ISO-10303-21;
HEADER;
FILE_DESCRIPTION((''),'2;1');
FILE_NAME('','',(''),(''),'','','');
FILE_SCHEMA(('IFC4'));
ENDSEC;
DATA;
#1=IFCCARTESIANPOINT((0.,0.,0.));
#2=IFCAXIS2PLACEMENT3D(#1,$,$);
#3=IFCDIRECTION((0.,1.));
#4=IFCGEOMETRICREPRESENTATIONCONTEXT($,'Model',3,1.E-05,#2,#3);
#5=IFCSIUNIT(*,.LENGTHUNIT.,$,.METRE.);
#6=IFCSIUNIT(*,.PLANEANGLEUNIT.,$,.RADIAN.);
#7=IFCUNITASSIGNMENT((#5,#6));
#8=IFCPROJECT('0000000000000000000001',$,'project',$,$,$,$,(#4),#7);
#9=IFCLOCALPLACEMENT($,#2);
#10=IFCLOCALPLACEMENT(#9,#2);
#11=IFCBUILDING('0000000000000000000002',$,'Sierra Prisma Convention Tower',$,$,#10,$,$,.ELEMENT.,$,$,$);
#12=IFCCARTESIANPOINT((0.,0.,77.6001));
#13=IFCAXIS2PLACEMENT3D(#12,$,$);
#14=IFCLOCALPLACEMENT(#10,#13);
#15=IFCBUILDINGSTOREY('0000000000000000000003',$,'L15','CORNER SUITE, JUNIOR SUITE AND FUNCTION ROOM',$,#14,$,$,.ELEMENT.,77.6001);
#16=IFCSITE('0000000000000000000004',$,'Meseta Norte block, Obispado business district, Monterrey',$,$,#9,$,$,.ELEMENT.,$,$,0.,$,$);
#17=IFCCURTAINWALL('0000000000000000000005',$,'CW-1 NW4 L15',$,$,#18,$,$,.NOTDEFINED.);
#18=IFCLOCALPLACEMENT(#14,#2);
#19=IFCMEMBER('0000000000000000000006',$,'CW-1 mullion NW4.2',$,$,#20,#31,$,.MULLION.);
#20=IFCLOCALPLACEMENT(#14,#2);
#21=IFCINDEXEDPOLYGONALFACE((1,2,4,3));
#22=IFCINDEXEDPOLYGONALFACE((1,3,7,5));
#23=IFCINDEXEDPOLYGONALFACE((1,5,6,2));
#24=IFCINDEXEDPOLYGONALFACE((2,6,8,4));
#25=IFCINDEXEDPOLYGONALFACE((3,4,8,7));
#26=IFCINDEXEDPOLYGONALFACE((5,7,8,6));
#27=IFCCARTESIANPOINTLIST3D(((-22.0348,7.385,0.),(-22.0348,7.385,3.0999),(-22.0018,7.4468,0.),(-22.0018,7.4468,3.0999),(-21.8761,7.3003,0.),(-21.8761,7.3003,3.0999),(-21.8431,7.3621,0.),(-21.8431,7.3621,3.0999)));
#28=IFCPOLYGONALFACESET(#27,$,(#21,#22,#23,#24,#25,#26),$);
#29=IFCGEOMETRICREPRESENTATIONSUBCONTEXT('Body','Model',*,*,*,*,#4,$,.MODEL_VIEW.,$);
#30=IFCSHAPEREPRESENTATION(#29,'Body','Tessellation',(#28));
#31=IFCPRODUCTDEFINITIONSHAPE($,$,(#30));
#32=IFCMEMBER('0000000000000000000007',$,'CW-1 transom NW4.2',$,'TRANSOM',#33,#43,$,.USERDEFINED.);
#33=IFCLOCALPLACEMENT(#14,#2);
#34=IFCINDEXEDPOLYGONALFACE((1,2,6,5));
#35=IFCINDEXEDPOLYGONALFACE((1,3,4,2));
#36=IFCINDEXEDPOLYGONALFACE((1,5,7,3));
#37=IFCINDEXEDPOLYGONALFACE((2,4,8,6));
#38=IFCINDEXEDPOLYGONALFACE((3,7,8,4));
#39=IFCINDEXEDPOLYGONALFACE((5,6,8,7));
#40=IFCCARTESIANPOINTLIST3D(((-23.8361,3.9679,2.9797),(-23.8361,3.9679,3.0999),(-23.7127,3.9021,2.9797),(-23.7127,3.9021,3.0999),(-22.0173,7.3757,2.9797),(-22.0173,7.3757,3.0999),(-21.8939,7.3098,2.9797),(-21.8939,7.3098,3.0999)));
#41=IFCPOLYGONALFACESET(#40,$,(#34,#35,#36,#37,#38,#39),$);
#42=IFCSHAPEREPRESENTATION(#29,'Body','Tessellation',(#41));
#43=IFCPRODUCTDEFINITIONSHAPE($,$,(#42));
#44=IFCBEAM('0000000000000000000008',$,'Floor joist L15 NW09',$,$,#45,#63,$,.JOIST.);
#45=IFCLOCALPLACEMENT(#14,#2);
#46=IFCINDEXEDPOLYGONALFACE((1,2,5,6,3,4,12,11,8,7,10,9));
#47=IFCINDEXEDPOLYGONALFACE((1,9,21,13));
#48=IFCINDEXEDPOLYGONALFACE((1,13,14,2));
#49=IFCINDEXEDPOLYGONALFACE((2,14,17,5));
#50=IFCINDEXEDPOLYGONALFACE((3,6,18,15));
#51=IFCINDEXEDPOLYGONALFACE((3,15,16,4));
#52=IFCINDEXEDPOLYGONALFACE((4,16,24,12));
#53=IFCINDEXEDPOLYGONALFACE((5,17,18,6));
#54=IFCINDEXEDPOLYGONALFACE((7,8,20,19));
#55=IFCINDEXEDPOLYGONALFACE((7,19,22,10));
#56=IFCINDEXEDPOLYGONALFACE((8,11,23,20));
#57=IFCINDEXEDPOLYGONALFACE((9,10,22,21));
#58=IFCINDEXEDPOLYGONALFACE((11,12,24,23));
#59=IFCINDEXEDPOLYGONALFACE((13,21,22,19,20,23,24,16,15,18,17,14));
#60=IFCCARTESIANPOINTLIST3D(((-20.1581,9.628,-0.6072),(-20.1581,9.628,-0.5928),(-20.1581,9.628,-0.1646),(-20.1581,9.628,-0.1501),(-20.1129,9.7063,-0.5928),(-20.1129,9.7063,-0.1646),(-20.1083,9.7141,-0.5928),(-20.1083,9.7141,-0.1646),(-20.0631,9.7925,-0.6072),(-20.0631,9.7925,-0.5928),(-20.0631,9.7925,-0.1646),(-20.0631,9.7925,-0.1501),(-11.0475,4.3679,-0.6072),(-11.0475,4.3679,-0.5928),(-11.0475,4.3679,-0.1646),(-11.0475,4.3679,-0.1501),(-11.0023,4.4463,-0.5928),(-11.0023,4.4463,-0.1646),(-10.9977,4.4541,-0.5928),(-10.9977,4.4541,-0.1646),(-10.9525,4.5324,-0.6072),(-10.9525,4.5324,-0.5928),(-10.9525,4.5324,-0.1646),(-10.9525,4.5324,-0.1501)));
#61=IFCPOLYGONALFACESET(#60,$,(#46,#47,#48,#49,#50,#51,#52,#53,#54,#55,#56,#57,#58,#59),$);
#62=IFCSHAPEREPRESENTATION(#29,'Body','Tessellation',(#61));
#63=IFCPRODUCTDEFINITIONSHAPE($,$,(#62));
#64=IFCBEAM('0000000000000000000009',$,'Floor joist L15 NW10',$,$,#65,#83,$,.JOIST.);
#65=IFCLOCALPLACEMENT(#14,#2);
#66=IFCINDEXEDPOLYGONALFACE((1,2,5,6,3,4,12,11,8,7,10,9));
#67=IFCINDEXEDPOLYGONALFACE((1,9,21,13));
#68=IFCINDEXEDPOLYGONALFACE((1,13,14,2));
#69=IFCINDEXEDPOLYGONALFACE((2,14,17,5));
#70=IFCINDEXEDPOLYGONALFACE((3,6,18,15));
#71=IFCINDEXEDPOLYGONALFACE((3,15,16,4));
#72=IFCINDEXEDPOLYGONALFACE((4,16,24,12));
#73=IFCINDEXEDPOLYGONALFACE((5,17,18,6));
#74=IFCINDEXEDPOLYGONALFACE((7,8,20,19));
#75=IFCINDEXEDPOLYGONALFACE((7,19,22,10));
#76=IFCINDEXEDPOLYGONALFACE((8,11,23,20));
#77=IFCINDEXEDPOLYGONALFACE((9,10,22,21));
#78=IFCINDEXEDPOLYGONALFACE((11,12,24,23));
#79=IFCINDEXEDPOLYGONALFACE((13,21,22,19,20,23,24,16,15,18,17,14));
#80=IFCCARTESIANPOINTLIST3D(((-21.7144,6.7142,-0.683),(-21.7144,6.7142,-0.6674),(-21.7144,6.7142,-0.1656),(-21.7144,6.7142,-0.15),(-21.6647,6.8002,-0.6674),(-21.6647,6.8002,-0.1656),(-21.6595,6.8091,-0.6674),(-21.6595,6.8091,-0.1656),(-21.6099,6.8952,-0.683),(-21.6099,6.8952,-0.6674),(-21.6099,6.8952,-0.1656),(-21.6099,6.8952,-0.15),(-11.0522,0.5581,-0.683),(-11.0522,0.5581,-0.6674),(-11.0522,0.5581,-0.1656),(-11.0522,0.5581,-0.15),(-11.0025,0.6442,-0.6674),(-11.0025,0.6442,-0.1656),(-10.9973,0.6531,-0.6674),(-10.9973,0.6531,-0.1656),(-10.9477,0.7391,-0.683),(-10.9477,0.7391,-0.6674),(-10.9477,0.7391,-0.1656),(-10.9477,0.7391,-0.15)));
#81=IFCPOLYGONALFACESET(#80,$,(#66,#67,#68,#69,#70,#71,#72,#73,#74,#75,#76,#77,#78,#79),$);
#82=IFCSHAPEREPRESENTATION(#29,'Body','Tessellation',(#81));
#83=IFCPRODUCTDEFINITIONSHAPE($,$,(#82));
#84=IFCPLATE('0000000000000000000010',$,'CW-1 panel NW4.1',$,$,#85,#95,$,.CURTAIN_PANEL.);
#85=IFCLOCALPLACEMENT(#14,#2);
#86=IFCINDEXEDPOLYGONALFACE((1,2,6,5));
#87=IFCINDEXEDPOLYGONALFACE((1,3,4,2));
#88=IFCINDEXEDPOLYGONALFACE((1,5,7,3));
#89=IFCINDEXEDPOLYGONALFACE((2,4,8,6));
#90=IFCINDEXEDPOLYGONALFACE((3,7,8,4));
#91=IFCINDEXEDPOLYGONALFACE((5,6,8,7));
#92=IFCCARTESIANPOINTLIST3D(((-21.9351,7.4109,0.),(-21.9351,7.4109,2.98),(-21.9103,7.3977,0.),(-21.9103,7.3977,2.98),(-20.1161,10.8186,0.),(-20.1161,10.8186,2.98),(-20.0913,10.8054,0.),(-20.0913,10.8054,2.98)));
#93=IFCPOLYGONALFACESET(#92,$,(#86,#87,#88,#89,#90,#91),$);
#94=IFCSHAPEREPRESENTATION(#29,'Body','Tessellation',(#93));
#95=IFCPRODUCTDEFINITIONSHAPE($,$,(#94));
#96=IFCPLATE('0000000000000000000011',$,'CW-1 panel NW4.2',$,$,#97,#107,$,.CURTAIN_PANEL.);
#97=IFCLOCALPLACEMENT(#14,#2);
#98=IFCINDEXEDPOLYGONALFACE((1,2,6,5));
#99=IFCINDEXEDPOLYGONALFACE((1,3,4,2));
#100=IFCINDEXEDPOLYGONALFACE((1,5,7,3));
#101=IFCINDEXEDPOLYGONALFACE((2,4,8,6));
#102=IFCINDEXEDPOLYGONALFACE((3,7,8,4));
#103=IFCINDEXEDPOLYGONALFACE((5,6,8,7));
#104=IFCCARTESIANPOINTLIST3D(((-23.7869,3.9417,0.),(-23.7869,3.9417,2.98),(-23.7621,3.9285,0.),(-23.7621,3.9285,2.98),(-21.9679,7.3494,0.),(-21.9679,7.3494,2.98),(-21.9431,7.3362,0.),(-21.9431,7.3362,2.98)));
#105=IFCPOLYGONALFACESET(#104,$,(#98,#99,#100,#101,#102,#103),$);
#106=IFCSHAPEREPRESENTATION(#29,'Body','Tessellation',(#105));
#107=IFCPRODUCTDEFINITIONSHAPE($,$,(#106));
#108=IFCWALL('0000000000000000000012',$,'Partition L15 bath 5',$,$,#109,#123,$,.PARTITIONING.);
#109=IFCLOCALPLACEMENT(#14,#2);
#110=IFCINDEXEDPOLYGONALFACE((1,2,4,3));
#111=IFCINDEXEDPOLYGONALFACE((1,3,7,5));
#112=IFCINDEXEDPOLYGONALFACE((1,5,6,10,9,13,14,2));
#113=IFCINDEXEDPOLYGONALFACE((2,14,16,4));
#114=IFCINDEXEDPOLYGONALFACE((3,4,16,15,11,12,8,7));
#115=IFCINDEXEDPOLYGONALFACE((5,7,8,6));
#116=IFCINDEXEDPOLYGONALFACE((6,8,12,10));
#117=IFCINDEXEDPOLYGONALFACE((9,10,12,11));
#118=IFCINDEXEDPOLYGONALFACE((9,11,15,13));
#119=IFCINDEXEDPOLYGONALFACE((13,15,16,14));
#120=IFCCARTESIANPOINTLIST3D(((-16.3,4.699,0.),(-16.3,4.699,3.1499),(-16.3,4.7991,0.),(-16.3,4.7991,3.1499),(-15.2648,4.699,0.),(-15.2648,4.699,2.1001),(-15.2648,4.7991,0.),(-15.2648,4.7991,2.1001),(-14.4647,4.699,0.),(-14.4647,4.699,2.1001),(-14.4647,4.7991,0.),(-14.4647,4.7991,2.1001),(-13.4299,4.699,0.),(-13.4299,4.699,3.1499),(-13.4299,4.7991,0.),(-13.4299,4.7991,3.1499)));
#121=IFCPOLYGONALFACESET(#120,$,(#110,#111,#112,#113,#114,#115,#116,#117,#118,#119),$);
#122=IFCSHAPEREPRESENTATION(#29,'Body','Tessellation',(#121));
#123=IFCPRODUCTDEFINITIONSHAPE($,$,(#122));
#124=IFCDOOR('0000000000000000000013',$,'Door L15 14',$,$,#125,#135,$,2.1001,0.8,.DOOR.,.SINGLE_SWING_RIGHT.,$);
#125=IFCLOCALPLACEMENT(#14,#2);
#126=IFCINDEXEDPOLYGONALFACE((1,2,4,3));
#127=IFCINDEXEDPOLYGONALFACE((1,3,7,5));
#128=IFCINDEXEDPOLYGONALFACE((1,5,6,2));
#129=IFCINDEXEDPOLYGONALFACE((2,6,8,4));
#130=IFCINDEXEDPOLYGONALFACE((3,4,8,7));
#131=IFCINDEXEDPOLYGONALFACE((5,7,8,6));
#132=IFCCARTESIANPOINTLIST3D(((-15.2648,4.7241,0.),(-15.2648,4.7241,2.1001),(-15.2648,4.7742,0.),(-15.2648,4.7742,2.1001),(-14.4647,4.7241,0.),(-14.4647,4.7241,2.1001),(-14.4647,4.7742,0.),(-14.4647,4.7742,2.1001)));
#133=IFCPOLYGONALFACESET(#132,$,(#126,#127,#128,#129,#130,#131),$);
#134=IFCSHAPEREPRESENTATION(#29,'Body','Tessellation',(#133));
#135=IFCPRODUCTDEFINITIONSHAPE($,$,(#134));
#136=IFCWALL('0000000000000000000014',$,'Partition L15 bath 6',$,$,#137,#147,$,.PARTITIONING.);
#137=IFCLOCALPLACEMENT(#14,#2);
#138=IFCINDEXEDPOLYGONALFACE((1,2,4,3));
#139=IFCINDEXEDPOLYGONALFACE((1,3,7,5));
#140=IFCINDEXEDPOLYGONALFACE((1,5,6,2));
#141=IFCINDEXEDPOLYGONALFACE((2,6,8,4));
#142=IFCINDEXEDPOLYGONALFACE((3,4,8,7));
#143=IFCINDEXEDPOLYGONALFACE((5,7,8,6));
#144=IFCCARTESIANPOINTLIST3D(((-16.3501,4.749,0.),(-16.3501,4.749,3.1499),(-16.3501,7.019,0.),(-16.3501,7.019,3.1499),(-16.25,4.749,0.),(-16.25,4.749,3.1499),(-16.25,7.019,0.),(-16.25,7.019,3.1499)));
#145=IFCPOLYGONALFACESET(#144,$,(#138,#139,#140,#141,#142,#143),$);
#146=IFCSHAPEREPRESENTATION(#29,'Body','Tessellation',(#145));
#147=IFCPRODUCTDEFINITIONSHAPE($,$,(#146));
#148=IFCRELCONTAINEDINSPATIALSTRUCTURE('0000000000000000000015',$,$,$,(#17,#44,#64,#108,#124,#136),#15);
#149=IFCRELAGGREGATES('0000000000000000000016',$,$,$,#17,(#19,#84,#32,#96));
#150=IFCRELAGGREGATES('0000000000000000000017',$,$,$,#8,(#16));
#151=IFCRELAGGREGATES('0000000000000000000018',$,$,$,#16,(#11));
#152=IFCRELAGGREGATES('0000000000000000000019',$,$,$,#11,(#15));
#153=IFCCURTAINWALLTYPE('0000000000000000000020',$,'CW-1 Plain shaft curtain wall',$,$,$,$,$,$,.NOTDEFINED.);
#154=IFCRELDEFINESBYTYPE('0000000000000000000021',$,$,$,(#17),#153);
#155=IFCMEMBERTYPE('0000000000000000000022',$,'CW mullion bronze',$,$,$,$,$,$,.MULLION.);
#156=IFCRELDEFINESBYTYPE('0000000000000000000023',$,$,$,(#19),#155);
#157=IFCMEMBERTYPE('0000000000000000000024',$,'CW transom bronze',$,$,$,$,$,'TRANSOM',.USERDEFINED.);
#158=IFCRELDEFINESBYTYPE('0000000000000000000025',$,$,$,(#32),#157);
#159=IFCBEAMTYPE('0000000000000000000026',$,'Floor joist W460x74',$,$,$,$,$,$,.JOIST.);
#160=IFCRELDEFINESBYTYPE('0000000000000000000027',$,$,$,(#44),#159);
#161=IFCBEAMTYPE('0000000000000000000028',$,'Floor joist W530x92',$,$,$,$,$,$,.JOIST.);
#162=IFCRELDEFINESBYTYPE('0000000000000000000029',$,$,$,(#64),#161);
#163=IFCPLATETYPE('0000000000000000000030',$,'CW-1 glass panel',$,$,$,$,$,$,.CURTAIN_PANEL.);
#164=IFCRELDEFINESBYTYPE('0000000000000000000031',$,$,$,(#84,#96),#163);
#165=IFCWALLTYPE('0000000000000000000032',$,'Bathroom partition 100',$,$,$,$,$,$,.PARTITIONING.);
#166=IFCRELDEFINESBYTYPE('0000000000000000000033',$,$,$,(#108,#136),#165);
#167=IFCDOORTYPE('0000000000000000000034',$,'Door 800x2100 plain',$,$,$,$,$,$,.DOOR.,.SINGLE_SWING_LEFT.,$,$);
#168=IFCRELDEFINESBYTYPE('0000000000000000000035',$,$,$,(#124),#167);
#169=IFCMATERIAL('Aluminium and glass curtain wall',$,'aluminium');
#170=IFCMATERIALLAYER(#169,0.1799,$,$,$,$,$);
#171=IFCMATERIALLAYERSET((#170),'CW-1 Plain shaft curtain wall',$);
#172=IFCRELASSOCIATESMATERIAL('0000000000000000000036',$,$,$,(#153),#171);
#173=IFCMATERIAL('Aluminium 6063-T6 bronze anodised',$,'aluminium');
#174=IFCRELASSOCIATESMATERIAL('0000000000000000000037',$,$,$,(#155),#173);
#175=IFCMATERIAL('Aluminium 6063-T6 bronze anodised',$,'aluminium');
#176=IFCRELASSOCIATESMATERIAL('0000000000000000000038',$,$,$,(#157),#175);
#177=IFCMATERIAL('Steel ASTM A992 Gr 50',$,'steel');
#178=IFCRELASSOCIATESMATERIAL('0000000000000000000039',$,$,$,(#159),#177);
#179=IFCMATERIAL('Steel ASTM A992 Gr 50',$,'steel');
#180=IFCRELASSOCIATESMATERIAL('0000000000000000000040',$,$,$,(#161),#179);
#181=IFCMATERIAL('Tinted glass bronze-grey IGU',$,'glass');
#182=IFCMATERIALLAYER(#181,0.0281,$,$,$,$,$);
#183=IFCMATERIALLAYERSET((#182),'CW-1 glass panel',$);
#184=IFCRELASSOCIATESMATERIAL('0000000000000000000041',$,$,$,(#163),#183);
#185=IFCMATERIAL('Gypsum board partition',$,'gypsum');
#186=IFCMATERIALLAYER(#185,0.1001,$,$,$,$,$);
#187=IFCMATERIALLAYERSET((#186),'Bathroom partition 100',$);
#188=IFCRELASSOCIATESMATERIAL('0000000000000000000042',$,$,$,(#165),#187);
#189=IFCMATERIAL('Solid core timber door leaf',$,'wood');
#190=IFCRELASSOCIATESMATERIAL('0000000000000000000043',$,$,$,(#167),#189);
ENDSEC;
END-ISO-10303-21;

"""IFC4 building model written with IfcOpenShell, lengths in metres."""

from ifc_helpers import new_model, si_unit, direction, frame, frame_2d, origin, origin_2d, place, context, subcontext, project, spatial, rectangle, i_section, extrude, material, layer, layer_set, material_profile, profile_set, type_object, element, fill, aggregate, save


model = new_model("IFC4")

# Units and contexts
model_context = context("Model", 3, precision=1e-05, world=origin(), true_north=direction((0.0, 1.0)))
body_context = subcontext(model_context, "Body", "Model", "MODEL_VIEW")
ifc_project = project(units=[si_unit("LENGTHUNIT", "METRE"), si_unit("PLANEANGLEUNIT", "RADIAN")], contexts=[model_context])

# Site, building, storey
site_placement = place(None, origin())
site = spatial("IfcSite", under=ifc_project, at=site_placement, Name="Meseta Norte block, Obispado business district, Monterrey", CompositionType="ELEMENT", RefElevation=0.0)
building_placement = place(site_placement, origin())
building = spatial("IfcBuilding", under=site, at=building_placement, Name="Sierra Prisma Convention Tower", CompositionType="ELEMENT")
storey_placement = place(building_placement, frame((0.0, 0.0, 77.6001)))
storey = spatial("IfcBuildingStorey", under=building, at=storey_placement, Name="L15", Description="CORNER SUITE, JUNIOR SUITE AND FUNCTION ROOM", CompositionType="ELEMENT", Elevation=77.6001)

# Curtain wall, members
ifc_material_1 = material(Name="Aluminium and glass curtain wall", Category="aluminium")
ifc_layer_1 = layer(ifc_material_1, 0.1799)
ifc_layer_set_1 = layer_set([ifc_layer_1], Name="CW-1 Plain shaft curtain wall")
curtain_wall_type = type_object("IfcCurtainWallType", Name="CW-1 Plain shaft curtain wall", PredefinedType="NOTDEFINED", material=ifc_layer_set_1)
curtain_wall_placement = place(storey_placement, origin())
curtain_wall = element("IfcCurtainWall", 1, at=curtain_wall_placement, inside=storey, type_object=curtain_wall_type, Name="CW-1 NW4 L15", PredefinedType="NOTDEFINED")
ifc_material_2 = material(Name="Aluminium 6063-T6 bronze anodised", Category="aluminium")
ifc_material_profile_1 = material_profile(ifc_material_2, rectangle(XDim=0.1799, YDim=0.0701, at=origin_2d()), Name="ALU MULLION 70x180")
ifc_profile_set_1 = profile_set([ifc_material_profile_1], Name="Aluminium 6063-T6 bronze anodised")
member_type_1 = type_object("IfcMemberType", Name="CW mullion bronze", PredefinedType="MULLION", material=ifc_profile_set_1)
member_1_placement = place(storey_placement, frame((-21.939, 7.3735, 0.0), z_axis=(0.0, 0.0, 1.0), x_axis=(0.882184, -0.470904, 0.0)))
member_1 = element("IfcMember", 2, at=member_1_placement, type_object=member_type_1, Name="CW-1 mullion NW4.2", PredefinedType="MULLION", context=body_context, shape_type="SweptSolid", body=[
    extrude(rectangle(XDim=0.1799, YDim=0.0701, at=origin_2d()), origin(), (0.0, 0.0, 1.0), 3.0999),
])
ifc_material_3 = material(Name="Aluminium 6063-T6 bronze anodised", Category="aluminium")
ifc_material_profile_2 = material_profile(ifc_material_3, rectangle(XDim=0.1399, YDim=0.1201, at=origin_2d()), Name="ALU TRANSOM 120x140")
ifc_profile_set_2 = profile_set([ifc_material_profile_2], Name="Aluminium 6063-T6 bronze anodised")
member_type_2 = type_object("IfcMemberType", Name="CW transom bronze", ElementType="TRANSOM", PredefinedType="USERDEFINED", material=ifc_profile_set_2)
member_2_placement = place(storey_placement, frame((-21.9556, 7.3428, 3.0398), z_axis=(-0.47087, -0.882202, 0.0), x_axis=(0.882202, -0.47087, 0.0)))
member_2 = element("IfcMember", 3, at=member_2_placement, type_object=member_type_2, Name="CW-1 transom NW4.2", ObjectType="TRANSOM", PredefinedType="USERDEFINED", context=body_context, shape_type="SweptSolid", body=[
    extrude(rectangle(XDim=0.1399, YDim=0.1201, at=origin_2d()), origin(), (0.0, 0.0, 1.0), 3.8628),
])

# Beams
ifc_material_4 = material(Name="Steel ASTM A992 Gr 50", Category="steel")
ifc_material_profile_3 = material_profile(ifc_material_4, i_section(OverallWidth=0.1899, OverallDepth=0.457, WebThickness=0.009, FlangeThickness=0.0144, at=origin_2d()), Name="W460x74")
ifc_profile_set_3 = profile_set([ifc_material_profile_3], Name="Steel ASTM A992 Gr 50")
beam_type_1 = type_object("IfcBeamType", Name="Floor joist W460x74", PredefinedType="JOIST", material=ifc_profile_set_3)
beam_1_placement = place(storey_placement, frame((-20.1106, 9.7102, -0.3787), z_axis=(0.866025, -0.5, 0.0), x_axis=(0.5, 0.866025, 0.0)))
element("IfcBeam", 4, at=beam_1_placement, inside=storey, type_object=beam_type_1, Name="Floor joist L15 NW09", PredefinedType="JOIST", context=body_context, shape_type="SweptSolid", body=[
    extrude(i_section(OverallWidth=0.1899, OverallDepth=0.457, WebThickness=0.009, FlangeThickness=0.0144, at=origin_2d()), origin(), (0.0, 0.0, 1.0), 10.52),
])
ifc_material_5 = material(Name="Steel ASTM A992 Gr 50", Category="steel")
ifc_material_profile_4 = material_profile(ifc_material_5, i_section(OverallWidth=0.209, OverallDepth=0.533, WebThickness=0.0103, FlangeThickness=0.0156, at=origin_2d()), Name="W530x92")
ifc_profile_set_4 = profile_set([ifc_material_profile_4], Name="Steel ASTM A992 Gr 50")
beam_type_2 = type_object("IfcBeamType", Name="Floor joist W530x92", PredefinedType="JOIST", material=ifc_profile_set_4)
beam_2_placement = place(storey_placement, frame((-21.6621, 6.8047, -0.4165), z_axis=(0.866017, -0.500014, 0.0), x_axis=(0.500014, 0.866017, 0.0)))
element("IfcBeam", 5, at=beam_2_placement, inside=storey, type_object=beam_type_2, Name="Floor joist L15 NW10", PredefinedType="JOIST", context=body_context, shape_type="SweptSolid", body=[
    extrude(i_section(OverallWidth=0.209, OverallDepth=0.533, WebThickness=0.0103, FlangeThickness=0.0156, at=origin_2d()), origin(), (0.0, 0.0, 1.0), 12.3118),
])

# Plates
ifc_material_6 = material(Name="Tinted glass bronze-grey IGU", Category="glass")
ifc_layer_2 = layer(ifc_material_6, 0.0281)
ifc_layer_set_2 = layer_set([ifc_layer_2], Name="CW-1 glass panel")
plate_type = type_object("IfcPlateType", Name="CW-1 glass panel", PredefinedType="CURTAIN_PANEL", material=ifc_layer_set_2)
plate_1_placement = place(storey_placement, frame((-21.0132, 9.1082, 0.0), z_axis=(0.0, 0.0, 1.0), x_axis=(-0.470904, -0.882184, 0.0)))
plate_1 = element("IfcPlate", 6, at=plate_1_placement, type_object=plate_type, Name="CW-1 panel NW4.1", PredefinedType="CURTAIN_PANEL", context=body_context, shape_type="SweptSolid", body=[
    extrude(rectangle(XDim=3.8628, YDim=0.0281, at=origin_2d()), origin(), (0.0, 0.0, 1.0), 2.98),
])
plate_2_placement = place(storey_placement, frame((-22.865, 5.6389, 0.0), z_axis=(0.0, 0.0, 1.0), x_axis=(-0.470904, -0.882184, 0.0)))
plate_2 = element("IfcPlate", 7, at=plate_2_placement, type_object=plate_type, Name="CW-1 panel NW4.2", PredefinedType="CURTAIN_PANEL", context=body_context, shape_type="SweptSolid", body=[
    extrude(rectangle(XDim=3.8628, YDim=0.0281, at=origin_2d()), origin(), (0.0, 0.0, 1.0), 2.98),
])
aggregate(curtain_wall, [member_1, plate_1, member_2, plate_2])

# Wall, opening, door
ifc_material_7 = material(Name="Gypsum board partition", Category="gypsum")
ifc_layer_3 = layer(ifc_material_7, 0.1001)
ifc_layer_set_3 = layer_set([ifc_layer_3], Name="Bathroom partition 100")
wall_type_1 = type_object("IfcWallType", Name="Bathroom partition 100", PredefinedType="PARTITIONING", material=ifc_layer_set_3)
wall_1_placement = place(storey_placement, frame((-13.4299, 4.749, 0.0), z_axis=(0.0, 0.0, 1.0), x_axis=(-1.0, 0.0, 0.0)))
wall_1 = element("IfcWall", 8, at=wall_1_placement, inside=storey, type_object=wall_type_1, Name="Partition L15 bath 5", PredefinedType="PARTITIONING", context=body_context, shape_type="SweptSolid", body=[
    extrude(rectangle(XDim=2.8701, YDim=0.1001, at=frame_2d((1.4351, 0.0))), origin(), (0.0, 0.0, 1.0), 3.1499),
])
opening_1_placement = place(wall_1_placement, frame((1.0349, 0.0, 0.0)))
opening_1 = element("IfcOpeningElement", 9, at=opening_1_placement, cuts=wall_1, PredefinedType="OPENING", context=body_context, shape_type="SweptSolid", body=[
    extrude(rectangle(XDim=0.8, YDim=2.1001, at=frame_2d((0.3999, 1.05))), frame((0.0, 0.05, 0.0), z_axis=(0.0, -1.0, 0.0), x_axis=(1.0, 0.0, 0.0)), (0.0, 0.0, 1.0), 0.1001),
])
ifc_material_8 = material(Name="Solid core timber door leaf", Category="wood")
door_type_1 = type_object("IfcDoorType", Name="Door 800x2100 plain", OperationType="SINGLE_SWING_LEFT", PredefinedType="DOOR", material=ifc_material_8)
door_1_placement = place(opening_1_placement, origin())
door_1 = element("IfcDoor", 10, at=door_1_placement, inside=storey, type_object=door_type_1, Name="Door L15 14", OperationType="SINGLE_SWING_RIGHT", OverallHeight=2.1001, OverallWidth=0.8, PredefinedType="DOOR", context=body_context, shape_type="SweptSolid", body=[
    extrude(rectangle(XDim=0.8, YDim=2.1001, at=frame_2d((0.3999, 1.05))), frame((0.0, 0.0249, 0.0), z_axis=(0.0, -1.0, 0.0), x_axis=(1.0, 0.0, 0.0)), (0.0, 0.0, 1.0), 0.05),
])
fill(opening_1, door_1)

# Wall
wall_2_placement = place(storey_placement, frame((-16.3, 4.749, 0.0), z_axis=(0.0, 0.0, 1.0), x_axis=(0.0, 1.0, 0.0)))
element("IfcWall", 11, at=wall_2_placement, inside=storey, type_object=wall_type_1, Name="Partition L15 bath 6", PredefinedType="PARTITIONING", context=body_context, shape_type="SweptSolid", body=[
    extrude(rectangle(XDim=2.27, YDim=0.1001, at=frame_2d((1.135, 0.0))), origin(), (0.0, 0.0, 1.0), 3.1499),
])

save(model, "model.ifc")
